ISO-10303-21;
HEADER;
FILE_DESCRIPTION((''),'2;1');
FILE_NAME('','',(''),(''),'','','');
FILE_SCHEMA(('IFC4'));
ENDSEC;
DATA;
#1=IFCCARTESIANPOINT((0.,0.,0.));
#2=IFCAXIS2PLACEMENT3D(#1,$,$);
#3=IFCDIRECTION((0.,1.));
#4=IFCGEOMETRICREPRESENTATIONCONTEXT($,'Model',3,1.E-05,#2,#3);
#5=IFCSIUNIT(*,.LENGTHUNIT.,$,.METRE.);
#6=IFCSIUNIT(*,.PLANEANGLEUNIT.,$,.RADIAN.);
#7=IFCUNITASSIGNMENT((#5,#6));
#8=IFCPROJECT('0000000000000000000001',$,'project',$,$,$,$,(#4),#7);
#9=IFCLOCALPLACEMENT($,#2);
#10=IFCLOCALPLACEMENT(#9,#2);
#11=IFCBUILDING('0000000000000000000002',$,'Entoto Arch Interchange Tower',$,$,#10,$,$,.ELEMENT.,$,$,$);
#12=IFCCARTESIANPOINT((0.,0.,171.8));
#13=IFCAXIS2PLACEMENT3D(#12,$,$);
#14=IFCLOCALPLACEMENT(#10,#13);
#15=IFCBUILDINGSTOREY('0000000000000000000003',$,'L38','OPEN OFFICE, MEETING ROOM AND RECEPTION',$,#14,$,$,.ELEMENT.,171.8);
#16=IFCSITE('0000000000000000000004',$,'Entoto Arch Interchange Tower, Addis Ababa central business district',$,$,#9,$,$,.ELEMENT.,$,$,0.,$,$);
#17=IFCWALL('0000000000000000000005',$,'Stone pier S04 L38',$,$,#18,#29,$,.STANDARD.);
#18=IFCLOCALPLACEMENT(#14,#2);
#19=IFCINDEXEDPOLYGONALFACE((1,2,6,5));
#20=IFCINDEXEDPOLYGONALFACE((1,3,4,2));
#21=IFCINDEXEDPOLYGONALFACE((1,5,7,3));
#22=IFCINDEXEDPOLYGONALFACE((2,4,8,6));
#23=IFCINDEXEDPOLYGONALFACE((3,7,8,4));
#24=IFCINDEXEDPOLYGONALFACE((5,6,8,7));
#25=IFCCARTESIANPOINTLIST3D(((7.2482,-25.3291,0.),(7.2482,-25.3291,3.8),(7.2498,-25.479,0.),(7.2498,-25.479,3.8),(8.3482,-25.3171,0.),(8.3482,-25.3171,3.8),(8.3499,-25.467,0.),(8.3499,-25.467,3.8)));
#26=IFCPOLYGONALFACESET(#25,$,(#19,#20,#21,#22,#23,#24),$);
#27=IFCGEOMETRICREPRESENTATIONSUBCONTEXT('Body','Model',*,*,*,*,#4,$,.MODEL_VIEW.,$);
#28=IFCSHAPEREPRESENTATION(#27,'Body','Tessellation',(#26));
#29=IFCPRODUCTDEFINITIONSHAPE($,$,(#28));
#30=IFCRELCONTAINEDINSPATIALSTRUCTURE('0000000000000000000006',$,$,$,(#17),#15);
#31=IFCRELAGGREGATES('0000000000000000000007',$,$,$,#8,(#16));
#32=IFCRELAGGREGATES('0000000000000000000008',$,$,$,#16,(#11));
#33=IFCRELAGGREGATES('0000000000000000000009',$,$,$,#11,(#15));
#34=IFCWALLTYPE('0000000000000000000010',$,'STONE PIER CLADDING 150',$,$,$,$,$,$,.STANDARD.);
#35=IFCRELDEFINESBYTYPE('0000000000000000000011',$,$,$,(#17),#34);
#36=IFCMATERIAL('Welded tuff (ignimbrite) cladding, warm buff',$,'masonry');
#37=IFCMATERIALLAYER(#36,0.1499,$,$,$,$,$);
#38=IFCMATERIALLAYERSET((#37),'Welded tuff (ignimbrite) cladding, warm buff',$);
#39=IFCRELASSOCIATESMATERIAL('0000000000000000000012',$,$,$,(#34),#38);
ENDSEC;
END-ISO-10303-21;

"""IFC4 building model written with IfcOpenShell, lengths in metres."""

from ifc_helpers import new_model, si_unit, direction, frame, frame_2d, origin, place, context, subcontext, project, spatial, rectangle, extrude, material, layer, layer_set, type_object, element, save


model = new_model("IFC4")

# Units and contexts
model_context = context("Model", 3, precision=1e-05, world=origin(), true_north=direction((0.0, 1.0)))
body_context = subcontext(model_context, "Body", "Model", "MODEL_VIEW")
ifc_project = project(units=[si_unit("LENGTHUNIT", "METRE"), si_unit("PLANEANGLEUNIT", "RADIAN")], contexts=[model_context])

# Site, building, storey
site_placement = place(None, origin())
site = spatial("IfcSite", under=ifc_project, at=site_placement, Name="Entoto Arch Interchange Tower, Addis Ababa central business district", CompositionType="ELEMENT", RefElevation=0.0)
building_placement = place(site_placement, origin())
building = spatial("IfcBuilding", under=site, at=building_placement, Name="Entoto Arch Interchange Tower", CompositionType="ELEMENT")
storey_placement = place(building_placement, frame((0.0, 0.0, 171.8)))
storey = spatial("IfcBuildingStorey", under=building, at=storey_placement, Name="L38", Description="OPEN OFFICE, MEETING ROOM AND RECEPTION", CompositionType="ELEMENT", Elevation=171.8)

# Shared definitions
ifc_material_1 = material(Name="Welded tuff (ignimbrite) cladding, warm buff", Category="masonry")

# Wall
ifc_layer_1 = layer(ifc_material_1, 0.1499)
ifc_layer_set_1 = layer_set([ifc_layer_1], Name="Welded tuff (ignimbrite) cladding, warm buff")
wall_type_1 = type_object("IfcWallType", Name="STONE PIER CLADDING 150", PredefinedType="STANDARD", material=ifc_layer_set_1)
wall_1_placement = place(storey_placement, frame((7.249, -25.4041, 0.0), z_axis=(0.0, 0.0, 1.0), x_axis=(0.999941, 0.010874, 0.0)))
element("IfcWall", 1, at=wall_1_placement, inside=storey, type_object=wall_type_1, Name="Stone pier S04 L38", PredefinedType="STANDARD", context=body_context, shape_type="SweptSolid", body=[
    extrude(rectangle(XDim=1.1001, YDim=0.1499, at=frame_2d((0.55, 0.0))), origin(), (0.0, 0.0, 1.0), 3.8),
])

save(model, "model.ifc")
